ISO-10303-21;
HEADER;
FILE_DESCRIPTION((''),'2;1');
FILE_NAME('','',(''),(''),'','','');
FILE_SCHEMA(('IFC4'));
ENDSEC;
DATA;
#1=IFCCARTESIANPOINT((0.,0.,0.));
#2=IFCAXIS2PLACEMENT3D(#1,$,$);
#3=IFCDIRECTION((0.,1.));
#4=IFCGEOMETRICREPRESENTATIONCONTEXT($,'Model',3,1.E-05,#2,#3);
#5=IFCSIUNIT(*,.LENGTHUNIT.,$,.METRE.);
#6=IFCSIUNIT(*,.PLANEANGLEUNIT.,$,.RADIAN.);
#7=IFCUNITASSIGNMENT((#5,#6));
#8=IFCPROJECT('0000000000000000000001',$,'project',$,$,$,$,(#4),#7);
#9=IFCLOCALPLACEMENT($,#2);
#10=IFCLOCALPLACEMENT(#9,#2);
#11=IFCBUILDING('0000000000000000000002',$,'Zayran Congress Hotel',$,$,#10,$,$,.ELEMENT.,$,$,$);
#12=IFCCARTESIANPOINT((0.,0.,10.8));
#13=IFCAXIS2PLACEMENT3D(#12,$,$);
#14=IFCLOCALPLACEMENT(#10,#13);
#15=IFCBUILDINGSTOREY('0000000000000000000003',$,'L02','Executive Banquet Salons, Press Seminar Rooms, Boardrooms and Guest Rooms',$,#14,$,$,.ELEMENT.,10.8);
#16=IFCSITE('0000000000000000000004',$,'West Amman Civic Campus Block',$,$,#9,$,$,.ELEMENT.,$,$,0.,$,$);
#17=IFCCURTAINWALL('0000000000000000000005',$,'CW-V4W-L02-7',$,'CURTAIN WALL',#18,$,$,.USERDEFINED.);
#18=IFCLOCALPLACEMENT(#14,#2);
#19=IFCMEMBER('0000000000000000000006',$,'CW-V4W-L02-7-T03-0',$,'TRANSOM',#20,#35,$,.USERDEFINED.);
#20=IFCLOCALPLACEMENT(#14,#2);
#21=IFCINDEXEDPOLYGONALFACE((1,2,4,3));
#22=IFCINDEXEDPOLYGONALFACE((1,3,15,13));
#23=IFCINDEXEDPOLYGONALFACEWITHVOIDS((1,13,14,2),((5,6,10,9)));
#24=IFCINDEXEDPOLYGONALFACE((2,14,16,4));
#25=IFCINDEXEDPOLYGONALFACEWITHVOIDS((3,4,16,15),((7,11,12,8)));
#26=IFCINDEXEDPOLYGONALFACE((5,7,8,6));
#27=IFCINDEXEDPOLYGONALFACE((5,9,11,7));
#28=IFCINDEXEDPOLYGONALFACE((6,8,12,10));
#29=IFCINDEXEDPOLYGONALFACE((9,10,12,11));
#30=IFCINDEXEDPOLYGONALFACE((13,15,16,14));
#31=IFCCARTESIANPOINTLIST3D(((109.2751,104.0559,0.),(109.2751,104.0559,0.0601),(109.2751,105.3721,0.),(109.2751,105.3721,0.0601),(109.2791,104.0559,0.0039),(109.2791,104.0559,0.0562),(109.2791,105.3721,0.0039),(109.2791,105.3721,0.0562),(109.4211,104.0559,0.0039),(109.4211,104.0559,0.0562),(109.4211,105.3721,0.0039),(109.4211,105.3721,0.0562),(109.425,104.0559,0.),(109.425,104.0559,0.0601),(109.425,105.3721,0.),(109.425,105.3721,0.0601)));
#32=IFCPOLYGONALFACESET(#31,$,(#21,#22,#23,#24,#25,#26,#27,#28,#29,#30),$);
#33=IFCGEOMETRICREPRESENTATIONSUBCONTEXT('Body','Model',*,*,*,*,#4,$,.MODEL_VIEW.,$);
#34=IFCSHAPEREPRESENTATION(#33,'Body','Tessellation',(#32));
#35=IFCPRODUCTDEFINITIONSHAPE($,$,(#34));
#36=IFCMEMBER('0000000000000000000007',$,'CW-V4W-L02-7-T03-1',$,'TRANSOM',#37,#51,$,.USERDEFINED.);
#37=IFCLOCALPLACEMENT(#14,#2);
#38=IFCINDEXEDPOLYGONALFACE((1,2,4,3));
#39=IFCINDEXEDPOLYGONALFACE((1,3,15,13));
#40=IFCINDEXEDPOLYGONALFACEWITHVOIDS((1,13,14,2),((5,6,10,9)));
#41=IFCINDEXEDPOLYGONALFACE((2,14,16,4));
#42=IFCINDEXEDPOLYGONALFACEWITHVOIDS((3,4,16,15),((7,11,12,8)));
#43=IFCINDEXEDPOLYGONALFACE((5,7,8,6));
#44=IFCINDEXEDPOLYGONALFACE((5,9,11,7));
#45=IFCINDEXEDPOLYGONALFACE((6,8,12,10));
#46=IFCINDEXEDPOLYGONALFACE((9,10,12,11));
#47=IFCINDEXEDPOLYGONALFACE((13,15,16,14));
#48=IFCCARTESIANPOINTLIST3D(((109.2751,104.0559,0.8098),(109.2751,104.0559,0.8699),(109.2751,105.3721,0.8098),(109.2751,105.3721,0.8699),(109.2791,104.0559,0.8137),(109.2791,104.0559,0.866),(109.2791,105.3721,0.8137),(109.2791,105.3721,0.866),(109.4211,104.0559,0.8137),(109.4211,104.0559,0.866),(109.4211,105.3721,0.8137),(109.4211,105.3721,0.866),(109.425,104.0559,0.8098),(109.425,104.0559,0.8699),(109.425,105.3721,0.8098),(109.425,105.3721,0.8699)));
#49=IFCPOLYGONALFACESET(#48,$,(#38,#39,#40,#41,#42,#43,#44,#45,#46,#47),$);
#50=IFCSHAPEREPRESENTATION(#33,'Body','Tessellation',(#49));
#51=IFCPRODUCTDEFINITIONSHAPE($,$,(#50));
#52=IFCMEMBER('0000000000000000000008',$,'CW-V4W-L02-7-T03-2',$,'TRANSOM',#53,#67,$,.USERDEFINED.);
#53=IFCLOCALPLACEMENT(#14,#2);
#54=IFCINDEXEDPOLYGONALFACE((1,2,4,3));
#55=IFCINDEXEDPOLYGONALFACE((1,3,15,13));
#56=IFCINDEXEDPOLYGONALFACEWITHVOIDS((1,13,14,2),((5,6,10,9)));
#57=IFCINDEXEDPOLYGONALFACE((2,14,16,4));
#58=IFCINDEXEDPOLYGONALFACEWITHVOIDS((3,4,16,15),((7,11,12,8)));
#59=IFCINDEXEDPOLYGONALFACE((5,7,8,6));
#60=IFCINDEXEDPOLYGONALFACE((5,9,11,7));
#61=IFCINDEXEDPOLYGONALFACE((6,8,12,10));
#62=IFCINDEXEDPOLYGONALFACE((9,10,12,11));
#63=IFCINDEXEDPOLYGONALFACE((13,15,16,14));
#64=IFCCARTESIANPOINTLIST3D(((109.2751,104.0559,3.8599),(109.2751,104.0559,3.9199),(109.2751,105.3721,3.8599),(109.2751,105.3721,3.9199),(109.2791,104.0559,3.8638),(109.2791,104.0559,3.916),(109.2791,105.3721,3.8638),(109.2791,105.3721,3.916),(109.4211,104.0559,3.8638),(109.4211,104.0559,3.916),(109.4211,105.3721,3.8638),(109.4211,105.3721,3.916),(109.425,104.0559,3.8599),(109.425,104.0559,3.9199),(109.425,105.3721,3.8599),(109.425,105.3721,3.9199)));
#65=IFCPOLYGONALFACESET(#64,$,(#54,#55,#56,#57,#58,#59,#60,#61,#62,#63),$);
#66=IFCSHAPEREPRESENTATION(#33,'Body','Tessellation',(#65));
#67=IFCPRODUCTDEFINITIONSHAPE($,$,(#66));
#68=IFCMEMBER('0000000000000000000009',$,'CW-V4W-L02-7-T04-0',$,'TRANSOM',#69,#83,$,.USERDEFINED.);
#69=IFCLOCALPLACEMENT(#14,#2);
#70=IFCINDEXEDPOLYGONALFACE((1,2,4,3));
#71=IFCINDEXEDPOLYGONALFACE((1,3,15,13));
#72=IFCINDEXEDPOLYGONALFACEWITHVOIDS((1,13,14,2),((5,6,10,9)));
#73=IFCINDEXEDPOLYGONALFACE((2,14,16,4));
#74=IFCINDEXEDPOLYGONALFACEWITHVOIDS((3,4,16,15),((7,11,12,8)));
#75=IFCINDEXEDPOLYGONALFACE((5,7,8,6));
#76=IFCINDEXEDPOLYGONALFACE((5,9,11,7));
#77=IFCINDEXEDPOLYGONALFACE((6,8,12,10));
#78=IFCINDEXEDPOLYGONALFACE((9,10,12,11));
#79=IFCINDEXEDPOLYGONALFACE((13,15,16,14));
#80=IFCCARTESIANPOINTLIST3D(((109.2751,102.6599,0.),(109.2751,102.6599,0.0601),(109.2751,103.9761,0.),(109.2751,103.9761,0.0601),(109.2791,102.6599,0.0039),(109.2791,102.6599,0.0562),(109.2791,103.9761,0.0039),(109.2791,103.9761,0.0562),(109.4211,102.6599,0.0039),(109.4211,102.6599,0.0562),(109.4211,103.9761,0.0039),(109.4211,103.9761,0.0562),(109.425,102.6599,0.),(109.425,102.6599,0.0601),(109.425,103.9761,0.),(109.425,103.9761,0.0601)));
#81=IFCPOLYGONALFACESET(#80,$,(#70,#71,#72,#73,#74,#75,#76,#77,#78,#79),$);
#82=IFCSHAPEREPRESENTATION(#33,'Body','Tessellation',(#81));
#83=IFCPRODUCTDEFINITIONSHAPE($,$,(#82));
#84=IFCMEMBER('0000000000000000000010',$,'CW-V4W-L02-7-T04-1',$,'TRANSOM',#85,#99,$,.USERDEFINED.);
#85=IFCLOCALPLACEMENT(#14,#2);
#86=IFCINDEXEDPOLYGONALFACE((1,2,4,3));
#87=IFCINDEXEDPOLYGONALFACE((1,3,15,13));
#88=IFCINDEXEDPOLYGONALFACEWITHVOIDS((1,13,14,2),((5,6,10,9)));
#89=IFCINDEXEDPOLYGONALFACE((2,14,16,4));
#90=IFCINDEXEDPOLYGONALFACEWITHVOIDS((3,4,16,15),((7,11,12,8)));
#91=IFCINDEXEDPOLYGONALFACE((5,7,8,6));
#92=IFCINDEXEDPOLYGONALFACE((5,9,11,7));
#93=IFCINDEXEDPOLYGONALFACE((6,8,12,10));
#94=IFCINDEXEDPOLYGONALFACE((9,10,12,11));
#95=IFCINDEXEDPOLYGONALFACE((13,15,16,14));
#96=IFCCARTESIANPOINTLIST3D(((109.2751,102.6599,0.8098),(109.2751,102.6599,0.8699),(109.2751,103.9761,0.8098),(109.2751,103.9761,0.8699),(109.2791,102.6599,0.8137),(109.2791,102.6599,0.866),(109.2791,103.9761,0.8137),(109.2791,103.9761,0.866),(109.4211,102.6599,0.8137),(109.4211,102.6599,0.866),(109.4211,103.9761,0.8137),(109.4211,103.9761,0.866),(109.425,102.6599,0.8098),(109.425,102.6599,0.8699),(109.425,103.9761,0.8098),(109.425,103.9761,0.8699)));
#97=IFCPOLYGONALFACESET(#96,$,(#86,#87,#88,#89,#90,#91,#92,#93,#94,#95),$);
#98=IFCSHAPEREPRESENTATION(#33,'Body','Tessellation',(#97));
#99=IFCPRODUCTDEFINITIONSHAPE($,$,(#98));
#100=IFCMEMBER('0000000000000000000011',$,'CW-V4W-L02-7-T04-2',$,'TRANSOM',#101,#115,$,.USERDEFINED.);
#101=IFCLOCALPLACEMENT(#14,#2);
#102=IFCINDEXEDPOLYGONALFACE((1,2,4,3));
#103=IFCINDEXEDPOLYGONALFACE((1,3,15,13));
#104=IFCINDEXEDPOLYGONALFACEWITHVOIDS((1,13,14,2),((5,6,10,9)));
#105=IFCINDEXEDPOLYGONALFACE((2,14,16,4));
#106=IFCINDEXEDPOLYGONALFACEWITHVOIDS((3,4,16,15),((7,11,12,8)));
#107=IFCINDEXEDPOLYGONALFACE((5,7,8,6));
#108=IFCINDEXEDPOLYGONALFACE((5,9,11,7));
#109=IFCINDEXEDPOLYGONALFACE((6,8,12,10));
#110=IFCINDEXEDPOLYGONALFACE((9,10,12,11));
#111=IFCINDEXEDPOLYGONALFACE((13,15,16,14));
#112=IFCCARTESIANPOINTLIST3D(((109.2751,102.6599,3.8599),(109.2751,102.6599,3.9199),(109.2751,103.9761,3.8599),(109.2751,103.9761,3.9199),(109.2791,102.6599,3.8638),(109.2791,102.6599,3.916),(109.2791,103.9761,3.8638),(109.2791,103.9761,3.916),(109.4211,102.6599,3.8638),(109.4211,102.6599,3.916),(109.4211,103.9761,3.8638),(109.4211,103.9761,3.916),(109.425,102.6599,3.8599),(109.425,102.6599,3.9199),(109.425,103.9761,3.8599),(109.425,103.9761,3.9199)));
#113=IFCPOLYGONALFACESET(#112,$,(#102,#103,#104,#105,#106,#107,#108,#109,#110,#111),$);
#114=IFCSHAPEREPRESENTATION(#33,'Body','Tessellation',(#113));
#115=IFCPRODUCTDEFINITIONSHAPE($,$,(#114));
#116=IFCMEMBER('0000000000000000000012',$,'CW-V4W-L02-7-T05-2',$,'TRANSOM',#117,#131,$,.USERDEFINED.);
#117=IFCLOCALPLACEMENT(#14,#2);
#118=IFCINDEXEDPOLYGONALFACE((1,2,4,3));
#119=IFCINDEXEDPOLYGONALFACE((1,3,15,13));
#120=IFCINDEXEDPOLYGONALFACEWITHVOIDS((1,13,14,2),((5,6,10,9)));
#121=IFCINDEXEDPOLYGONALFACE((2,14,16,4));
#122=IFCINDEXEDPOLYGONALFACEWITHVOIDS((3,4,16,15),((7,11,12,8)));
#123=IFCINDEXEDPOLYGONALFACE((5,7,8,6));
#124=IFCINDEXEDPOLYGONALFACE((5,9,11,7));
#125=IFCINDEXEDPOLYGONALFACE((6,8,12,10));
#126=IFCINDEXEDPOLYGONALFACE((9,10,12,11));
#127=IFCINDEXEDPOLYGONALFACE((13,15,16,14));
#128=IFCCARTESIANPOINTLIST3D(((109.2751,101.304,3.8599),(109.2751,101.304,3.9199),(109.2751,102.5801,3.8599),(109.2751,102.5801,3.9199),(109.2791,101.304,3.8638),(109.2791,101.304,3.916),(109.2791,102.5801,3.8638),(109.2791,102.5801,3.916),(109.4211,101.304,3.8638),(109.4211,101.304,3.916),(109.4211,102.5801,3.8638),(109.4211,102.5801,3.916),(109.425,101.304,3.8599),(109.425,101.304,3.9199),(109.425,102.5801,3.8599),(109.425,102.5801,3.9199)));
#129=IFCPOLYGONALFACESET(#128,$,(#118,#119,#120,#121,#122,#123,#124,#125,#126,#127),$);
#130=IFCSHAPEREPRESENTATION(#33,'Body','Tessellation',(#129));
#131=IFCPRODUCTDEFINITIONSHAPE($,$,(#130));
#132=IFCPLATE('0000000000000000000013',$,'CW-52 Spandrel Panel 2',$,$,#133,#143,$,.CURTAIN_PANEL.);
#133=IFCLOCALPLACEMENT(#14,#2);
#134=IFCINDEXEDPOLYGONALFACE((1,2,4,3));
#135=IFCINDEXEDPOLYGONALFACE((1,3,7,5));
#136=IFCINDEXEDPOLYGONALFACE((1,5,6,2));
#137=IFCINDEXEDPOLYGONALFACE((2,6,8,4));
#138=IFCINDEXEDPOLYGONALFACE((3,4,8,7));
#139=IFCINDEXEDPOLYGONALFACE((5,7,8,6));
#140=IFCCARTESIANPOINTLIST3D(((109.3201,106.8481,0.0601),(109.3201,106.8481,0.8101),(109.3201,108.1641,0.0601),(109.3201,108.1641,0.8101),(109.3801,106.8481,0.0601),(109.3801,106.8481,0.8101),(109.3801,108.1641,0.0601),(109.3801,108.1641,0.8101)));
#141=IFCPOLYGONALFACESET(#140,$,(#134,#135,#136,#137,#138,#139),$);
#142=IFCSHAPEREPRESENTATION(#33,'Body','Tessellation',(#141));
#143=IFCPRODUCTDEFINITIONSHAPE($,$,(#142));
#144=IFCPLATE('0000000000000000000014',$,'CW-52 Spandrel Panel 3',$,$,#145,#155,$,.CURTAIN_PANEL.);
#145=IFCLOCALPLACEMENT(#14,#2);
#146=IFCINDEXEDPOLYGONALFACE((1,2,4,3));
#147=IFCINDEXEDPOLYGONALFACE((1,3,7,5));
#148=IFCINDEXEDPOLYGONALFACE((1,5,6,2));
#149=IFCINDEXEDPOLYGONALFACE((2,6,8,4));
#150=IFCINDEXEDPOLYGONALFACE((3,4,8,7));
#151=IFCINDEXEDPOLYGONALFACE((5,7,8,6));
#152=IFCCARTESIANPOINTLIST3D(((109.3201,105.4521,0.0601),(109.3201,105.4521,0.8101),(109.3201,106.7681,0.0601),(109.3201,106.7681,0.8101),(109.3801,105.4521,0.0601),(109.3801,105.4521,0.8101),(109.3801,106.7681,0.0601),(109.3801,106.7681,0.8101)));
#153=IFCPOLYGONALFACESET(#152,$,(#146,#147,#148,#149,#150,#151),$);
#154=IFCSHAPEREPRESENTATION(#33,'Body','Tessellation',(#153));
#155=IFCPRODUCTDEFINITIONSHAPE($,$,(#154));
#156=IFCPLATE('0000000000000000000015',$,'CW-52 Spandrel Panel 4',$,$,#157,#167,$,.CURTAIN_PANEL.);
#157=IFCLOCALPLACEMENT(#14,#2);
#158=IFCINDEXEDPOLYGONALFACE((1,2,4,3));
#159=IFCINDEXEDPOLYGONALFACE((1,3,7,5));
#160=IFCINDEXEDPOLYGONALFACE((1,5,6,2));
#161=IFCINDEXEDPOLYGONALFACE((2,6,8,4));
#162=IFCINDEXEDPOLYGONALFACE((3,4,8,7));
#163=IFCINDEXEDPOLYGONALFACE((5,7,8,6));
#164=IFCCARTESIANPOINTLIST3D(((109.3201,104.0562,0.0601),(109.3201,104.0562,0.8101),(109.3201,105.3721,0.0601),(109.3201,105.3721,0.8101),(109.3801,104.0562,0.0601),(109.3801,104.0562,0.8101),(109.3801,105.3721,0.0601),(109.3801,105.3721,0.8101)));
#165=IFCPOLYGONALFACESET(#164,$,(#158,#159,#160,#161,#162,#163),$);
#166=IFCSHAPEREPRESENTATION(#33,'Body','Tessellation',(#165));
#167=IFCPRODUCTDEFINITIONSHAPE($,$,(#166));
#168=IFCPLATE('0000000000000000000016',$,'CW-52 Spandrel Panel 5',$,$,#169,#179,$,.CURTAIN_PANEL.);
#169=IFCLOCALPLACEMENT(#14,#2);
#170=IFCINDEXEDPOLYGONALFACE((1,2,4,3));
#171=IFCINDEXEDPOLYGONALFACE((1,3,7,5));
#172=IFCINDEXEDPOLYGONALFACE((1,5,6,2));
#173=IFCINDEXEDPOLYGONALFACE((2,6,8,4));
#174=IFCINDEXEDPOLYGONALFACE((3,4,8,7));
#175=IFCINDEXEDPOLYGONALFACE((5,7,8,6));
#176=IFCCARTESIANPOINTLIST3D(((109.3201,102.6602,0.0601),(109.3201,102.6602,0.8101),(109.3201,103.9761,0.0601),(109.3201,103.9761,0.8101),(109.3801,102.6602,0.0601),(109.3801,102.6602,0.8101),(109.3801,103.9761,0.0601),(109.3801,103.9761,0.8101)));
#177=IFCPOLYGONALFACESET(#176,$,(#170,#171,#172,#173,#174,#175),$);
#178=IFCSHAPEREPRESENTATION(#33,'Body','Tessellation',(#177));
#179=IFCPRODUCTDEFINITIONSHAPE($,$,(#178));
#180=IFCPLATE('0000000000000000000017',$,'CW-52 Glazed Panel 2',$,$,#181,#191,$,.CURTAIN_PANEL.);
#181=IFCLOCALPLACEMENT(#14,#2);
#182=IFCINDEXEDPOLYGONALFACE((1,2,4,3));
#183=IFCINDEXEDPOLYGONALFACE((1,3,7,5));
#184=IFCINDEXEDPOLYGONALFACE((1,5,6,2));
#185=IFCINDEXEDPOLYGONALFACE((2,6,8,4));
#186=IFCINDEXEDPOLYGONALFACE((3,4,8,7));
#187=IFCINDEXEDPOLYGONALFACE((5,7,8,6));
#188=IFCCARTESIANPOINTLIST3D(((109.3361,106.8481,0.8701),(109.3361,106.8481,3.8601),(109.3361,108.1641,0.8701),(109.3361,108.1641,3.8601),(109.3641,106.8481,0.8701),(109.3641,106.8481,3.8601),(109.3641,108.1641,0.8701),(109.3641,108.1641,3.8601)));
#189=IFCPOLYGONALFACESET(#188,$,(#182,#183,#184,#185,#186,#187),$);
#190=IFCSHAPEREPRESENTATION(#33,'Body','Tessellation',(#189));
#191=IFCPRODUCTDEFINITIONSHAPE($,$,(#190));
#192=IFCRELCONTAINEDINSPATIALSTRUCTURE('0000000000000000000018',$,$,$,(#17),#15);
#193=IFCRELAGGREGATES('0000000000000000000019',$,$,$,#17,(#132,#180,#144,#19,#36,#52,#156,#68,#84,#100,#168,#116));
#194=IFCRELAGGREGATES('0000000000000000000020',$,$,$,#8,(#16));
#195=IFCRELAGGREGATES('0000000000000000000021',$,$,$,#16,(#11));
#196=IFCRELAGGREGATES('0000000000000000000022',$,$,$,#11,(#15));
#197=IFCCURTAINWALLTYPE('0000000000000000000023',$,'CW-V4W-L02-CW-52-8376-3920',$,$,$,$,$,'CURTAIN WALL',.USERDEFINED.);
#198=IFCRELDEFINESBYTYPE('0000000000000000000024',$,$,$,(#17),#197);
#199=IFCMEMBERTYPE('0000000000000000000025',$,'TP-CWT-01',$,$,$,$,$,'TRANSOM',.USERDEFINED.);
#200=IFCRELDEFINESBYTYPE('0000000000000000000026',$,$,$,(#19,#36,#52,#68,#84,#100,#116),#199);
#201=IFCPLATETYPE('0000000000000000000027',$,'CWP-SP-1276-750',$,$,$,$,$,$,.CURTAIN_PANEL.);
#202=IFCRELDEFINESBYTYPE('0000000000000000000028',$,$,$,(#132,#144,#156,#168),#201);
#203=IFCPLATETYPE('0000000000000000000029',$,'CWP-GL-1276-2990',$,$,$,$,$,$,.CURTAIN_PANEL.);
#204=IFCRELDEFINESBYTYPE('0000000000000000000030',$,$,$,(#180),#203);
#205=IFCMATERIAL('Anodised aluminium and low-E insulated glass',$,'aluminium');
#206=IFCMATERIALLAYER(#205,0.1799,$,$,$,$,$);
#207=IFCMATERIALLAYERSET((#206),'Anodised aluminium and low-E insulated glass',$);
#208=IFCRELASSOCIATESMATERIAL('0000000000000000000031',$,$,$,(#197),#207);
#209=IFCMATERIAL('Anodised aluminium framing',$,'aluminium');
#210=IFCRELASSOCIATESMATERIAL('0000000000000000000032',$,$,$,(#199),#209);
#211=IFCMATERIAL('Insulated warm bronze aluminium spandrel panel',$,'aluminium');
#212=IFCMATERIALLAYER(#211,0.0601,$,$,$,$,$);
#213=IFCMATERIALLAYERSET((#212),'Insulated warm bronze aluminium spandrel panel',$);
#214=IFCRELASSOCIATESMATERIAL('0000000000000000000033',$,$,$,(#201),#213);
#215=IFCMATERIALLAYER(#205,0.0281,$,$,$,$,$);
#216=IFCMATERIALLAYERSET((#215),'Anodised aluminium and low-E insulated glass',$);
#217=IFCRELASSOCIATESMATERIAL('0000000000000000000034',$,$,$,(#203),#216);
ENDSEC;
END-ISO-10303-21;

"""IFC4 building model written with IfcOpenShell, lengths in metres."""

from ifc_helpers import new_model, si_unit, direction, frame, origin, origin_2d, place, context, subcontext, project, spatial, rectangle, hollow_rectangle, extrude, material, layer, layer_set, material_profile, profile_set, type_object, element, aggregate, save


model = new_model("IFC4")

# Units and contexts
model_context = context("Model", 3, precision=1e-05, world=origin(), true_north=direction((0.0, 1.0)))
body_context = subcontext(model_context, "Body", "Model", "MODEL_VIEW")
ifc_project = project(units=[si_unit("LENGTHUNIT", "METRE"), si_unit("PLANEANGLEUNIT", "RADIAN")], contexts=[model_context])

# Site, building, storey
site_placement = place(None, origin())
site = spatial("IfcSite", under=ifc_project, at=site_placement, Name="West Amman Civic Campus Block", CompositionType="ELEMENT", RefElevation=0.0)
building_placement = place(site_placement, origin())
building = spatial("IfcBuilding", under=site, at=building_placement, Name="Zayran Congress Hotel", CompositionType="ELEMENT")
storey_placement = place(building_placement, frame((0.0, 0.0, 10.8)))
storey = spatial("IfcBuildingStorey", under=building, at=storey_placement, Name="L02", Description="Executive Banquet Salons, Press Seminar Rooms, Boardrooms and Guest Rooms", CompositionType="ELEMENT", Elevation=10.8)

# Curtain wall, members, plates
ifc_material_1 = material(Name="Anodised aluminium and low-E insulated glass", Category="aluminium")
ifc_layer_1 = layer(ifc_material_1, 0.1799)
ifc_layer_set_1 = layer_set([ifc_layer_1], Name="Anodised aluminium and low-E insulated glass")
curtain_wall_type = type_object("IfcCurtainWallType", Name="CW-V4W-L02-CW-52-8376-3920", ElementType="CURTAIN WALL", PredefinedType="USERDEFINED", material=ifc_layer_set_1)
curtain_wall_placement = place(storey_placement, origin())
curtain_wall = element("IfcCurtainWall", 1, at=curtain_wall_placement, inside=storey, type_object=curtain_wall_type, Name="CW-V4W-L02-7", ObjectType="CURTAIN WALL", PredefinedType="USERDEFINED")
ifc_material_2 = material(Name="Anodised aluminium framing", Category="aluminium")
ifc_material_profile_1 = material_profile(ifc_material_2, hollow_rectangle(XDim=0.0601, YDim=0.1499, WallThickness=0.0039, at=origin_2d()), Name="RHS 150x60x4")
ifc_profile_set_1 = profile_set([ifc_material_profile_1], Name="Anodised aluminium framing")
member_type_1 = type_object("IfcMemberType", Name="TP-CWT-01", ElementType="TRANSOM", PredefinedType="USERDEFINED", material=ifc_profile_set_1)
member_1_placement = place(storey_placement, frame((109.3501, 105.3721, 0.03), z_axis=(0.0, -1.0, 0.0), x_axis=(0.0, 0.0, 1.0)))
member_1 = element("IfcMember", 2, at=member_1_placement, type_object=member_type_1, Name="CW-V4W-L02-7-T03-0", ObjectType="TRANSOM", PredefinedType="USERDEFINED", context=body_context, shape_type="SweptSolid", body=[
    extrude(hollow_rectangle(XDim=0.0601, YDim=0.1499, WallThickness=0.0039, at=origin_2d()), origin(), (0.0, 0.0, 1.0), 1.3162),
])
member_2_placement = place(storey_placement, frame((109.3501, 105.3721, 0.8398), z_axis=(0.0, -1.0, 0.0), x_axis=(0.0, 0.0, 1.0)))
member_2 = element("IfcMember", 3, at=member_2_placement, type_object=member_type_1, Name="CW-V4W-L02-7-T03-1", ObjectType="TRANSOM", PredefinedType="USERDEFINED", context=body_context, shape_type="SweptSolid", body=[
    extrude(hollow_rectangle(XDim=0.0601, YDim=0.1499, WallThickness=0.0039, at=origin_2d()), origin(), (0.0, 0.0, 1.0), 1.3162),
])
member_3_placement = place(storey_placement, frame((109.3501, 105.3721, 3.8899), z_axis=(0.0, -1.0, 0.0), x_axis=(0.0, 0.0, 1.0)))
member_3 = element("IfcMember", 4, at=member_3_placement, type_object=member_type_1, Name="CW-V4W-L02-7-T03-2", ObjectType="TRANSOM", PredefinedType="USERDEFINED", context=body_context, shape_type="SweptSolid", body=[
    extrude(hollow_rectangle(XDim=0.0601, YDim=0.1499, WallThickness=0.0039, at=origin_2d()), origin(), (0.0, 0.0, 1.0), 1.3162),
])
member_4_placement = place(storey_placement, frame((109.3501, 103.9761, 0.03), z_axis=(0.0, -1.0, 0.0), x_axis=(0.0, 0.0, 1.0)))
member_4 = element("IfcMember", 5, at=member_4_placement, type_object=member_type_1, Name="CW-V4W-L02-7-T04-0", ObjectType="TRANSOM", PredefinedType="USERDEFINED", context=body_context, shape_type="SweptSolid", body=[
    extrude(hollow_rectangle(XDim=0.0601, YDim=0.1499, WallThickness=0.0039, at=origin_2d()), origin(), (0.0, 0.0, 1.0), 1.3162),
])
member_5_placement = place(storey_placement, frame((109.3501, 103.9761, 0.8398), z_axis=(0.0, -1.0, 0.0), x_axis=(0.0, 0.0, 1.0)))
member_5 = element("IfcMember", 6, at=member_5_placement, type_object=member_type_1, Name="CW-V4W-L02-7-T04-1", ObjectType="TRANSOM", PredefinedType="USERDEFINED", context=body_context, shape_type="SweptSolid", body=[
    extrude(hollow_rectangle(XDim=0.0601, YDim=0.1499, WallThickness=0.0039, at=origin_2d()), origin(), (0.0, 0.0, 1.0), 1.3162),
])
member_6_placement = place(storey_placement, frame((109.3501, 103.9761, 3.8899), z_axis=(0.0, -1.0, 0.0), x_axis=(0.0, 0.0, 1.0)))
member_6 = element("IfcMember", 7, at=member_6_placement, type_object=member_type_1, Name="CW-V4W-L02-7-T04-2", ObjectType="TRANSOM", PredefinedType="USERDEFINED", context=body_context, shape_type="SweptSolid", body=[
    extrude(hollow_rectangle(XDim=0.0601, YDim=0.1499, WallThickness=0.0039, at=origin_2d()), origin(), (0.0, 0.0, 1.0), 1.3162),
])
member_7_placement = place(storey_placement, frame((109.3501, 102.5801, 3.8899), z_axis=(0.0, -1.0, 0.0), x_axis=(0.0, 0.0, 1.0)))
member_7 = element("IfcMember", 8, at=member_7_placement, type_object=member_type_1, Name="CW-V4W-L02-7-T05-2", ObjectType="TRANSOM", PredefinedType="USERDEFINED", context=body_context, shape_type="SweptSolid", body=[
    extrude(hollow_rectangle(XDim=0.0601, YDim=0.1499, WallThickness=0.0039, at=origin_2d()), origin(), (0.0, 0.0, 1.0), 1.2761),
])
ifc_material_3 = material(Name="Insulated warm bronze aluminium spandrel panel", Category="aluminium")
ifc_layer_2 = layer(ifc_material_3, 0.0601)
ifc_layer_set_2 = layer_set([ifc_layer_2], Name="Insulated warm bronze aluminium spandrel panel")
plate_type_1 = type_object("IfcPlateType", Name="CWP-SP-1276-750", PredefinedType="CURTAIN_PANEL", material=ifc_layer_set_2)
plate_1_placement = place(storey_placement, frame((109.3501, 107.5061, 0.0601), z_axis=(0.0, 0.0, 1.0), x_axis=(0.0, 1.0, 0.0)))
plate_1 = element("IfcPlate", 9, at=plate_1_placement, type_object=plate_type_1, Name="CW-52 Spandrel Panel 2", PredefinedType="CURTAIN_PANEL", context=body_context, shape_type="SweptSolid", body=[
    extrude(rectangle(XDim=1.3159, YDim=0.0601, at=origin_2d()), origin(), (0.0, 0.0, 1.0), 0.75),
])
plate_2_placement = place(storey_placement, frame((109.3501, 106.1101, 0.0601), z_axis=(0.0, 0.0, 1.0), x_axis=(0.0, 1.0, 0.0)))
plate_2 = element("IfcPlate", 10, at=plate_2_placement, type_object=plate_type_1, Name="CW-52 Spandrel Panel 3", PredefinedType="CURTAIN_PANEL", context=body_context, shape_type="SweptSolid", body=[
    extrude(rectangle(XDim=1.3159, YDim=0.0601, at=origin_2d()), origin(), (0.0, 0.0, 1.0), 0.75),
])
plate_3_placement = place(storey_placement, frame((109.3501, 104.7141, 0.0601), z_axis=(0.0, 0.0, 1.0), x_axis=(0.0, 1.0, 0.0)))
plate_3 = element("IfcPlate", 11, at=plate_3_placement, type_object=plate_type_1, Name="CW-52 Spandrel Panel 4", PredefinedType="CURTAIN_PANEL", context=body_context, shape_type="SweptSolid", body=[
    extrude(rectangle(XDim=1.3159, YDim=0.0601, at=origin_2d()), origin(), (0.0, 0.0, 1.0), 0.75),
])
plate_4_placement = place(storey_placement, frame((109.3501, 103.3181, 0.0601), z_axis=(0.0, 0.0, 1.0), x_axis=(0.0, 1.0, 0.0)))
plate_4 = element("IfcPlate", 12, at=plate_4_placement, type_object=plate_type_1, Name="CW-52 Spandrel Panel 5", PredefinedType="CURTAIN_PANEL", context=body_context, shape_type="SweptSolid", body=[
    extrude(rectangle(XDim=1.3159, YDim=0.0601, at=origin_2d()), origin(), (0.0, 0.0, 1.0), 0.75),
])
ifc_layer_3 = layer(ifc_material_1, 0.0281)
ifc_layer_set_3 = layer_set([ifc_layer_3], Name="Anodised aluminium and low-E insulated glass")
plate_type_2 = type_object("IfcPlateType", Name="CWP-GL-1276-2990", PredefinedType="CURTAIN_PANEL", material=ifc_layer_set_3)
plate_5_placement = place(storey_placement, frame((109.3501, 107.5061, 0.8701), z_axis=(0.0, 0.0, 1.0), x_axis=(0.0, 1.0, 0.0)))
plate_5 = element("IfcPlate", 13, at=plate_5_placement, type_object=plate_type_2, Name="CW-52 Glazed Panel 2", PredefinedType="CURTAIN_PANEL", context=body_context, shape_type="SweptSolid", body=[
    extrude(rectangle(XDim=1.3159, YDim=0.0281, at=origin_2d()), origin(), (0.0, 0.0, 1.0), 2.99),
])
aggregate(curtain_wall, [plate_1, plate_5, plate_2, member_1, member_2, member_3, plate_3, member_4, member_5, member_6, plate_4, member_7])

save(model, "model.ifc")
